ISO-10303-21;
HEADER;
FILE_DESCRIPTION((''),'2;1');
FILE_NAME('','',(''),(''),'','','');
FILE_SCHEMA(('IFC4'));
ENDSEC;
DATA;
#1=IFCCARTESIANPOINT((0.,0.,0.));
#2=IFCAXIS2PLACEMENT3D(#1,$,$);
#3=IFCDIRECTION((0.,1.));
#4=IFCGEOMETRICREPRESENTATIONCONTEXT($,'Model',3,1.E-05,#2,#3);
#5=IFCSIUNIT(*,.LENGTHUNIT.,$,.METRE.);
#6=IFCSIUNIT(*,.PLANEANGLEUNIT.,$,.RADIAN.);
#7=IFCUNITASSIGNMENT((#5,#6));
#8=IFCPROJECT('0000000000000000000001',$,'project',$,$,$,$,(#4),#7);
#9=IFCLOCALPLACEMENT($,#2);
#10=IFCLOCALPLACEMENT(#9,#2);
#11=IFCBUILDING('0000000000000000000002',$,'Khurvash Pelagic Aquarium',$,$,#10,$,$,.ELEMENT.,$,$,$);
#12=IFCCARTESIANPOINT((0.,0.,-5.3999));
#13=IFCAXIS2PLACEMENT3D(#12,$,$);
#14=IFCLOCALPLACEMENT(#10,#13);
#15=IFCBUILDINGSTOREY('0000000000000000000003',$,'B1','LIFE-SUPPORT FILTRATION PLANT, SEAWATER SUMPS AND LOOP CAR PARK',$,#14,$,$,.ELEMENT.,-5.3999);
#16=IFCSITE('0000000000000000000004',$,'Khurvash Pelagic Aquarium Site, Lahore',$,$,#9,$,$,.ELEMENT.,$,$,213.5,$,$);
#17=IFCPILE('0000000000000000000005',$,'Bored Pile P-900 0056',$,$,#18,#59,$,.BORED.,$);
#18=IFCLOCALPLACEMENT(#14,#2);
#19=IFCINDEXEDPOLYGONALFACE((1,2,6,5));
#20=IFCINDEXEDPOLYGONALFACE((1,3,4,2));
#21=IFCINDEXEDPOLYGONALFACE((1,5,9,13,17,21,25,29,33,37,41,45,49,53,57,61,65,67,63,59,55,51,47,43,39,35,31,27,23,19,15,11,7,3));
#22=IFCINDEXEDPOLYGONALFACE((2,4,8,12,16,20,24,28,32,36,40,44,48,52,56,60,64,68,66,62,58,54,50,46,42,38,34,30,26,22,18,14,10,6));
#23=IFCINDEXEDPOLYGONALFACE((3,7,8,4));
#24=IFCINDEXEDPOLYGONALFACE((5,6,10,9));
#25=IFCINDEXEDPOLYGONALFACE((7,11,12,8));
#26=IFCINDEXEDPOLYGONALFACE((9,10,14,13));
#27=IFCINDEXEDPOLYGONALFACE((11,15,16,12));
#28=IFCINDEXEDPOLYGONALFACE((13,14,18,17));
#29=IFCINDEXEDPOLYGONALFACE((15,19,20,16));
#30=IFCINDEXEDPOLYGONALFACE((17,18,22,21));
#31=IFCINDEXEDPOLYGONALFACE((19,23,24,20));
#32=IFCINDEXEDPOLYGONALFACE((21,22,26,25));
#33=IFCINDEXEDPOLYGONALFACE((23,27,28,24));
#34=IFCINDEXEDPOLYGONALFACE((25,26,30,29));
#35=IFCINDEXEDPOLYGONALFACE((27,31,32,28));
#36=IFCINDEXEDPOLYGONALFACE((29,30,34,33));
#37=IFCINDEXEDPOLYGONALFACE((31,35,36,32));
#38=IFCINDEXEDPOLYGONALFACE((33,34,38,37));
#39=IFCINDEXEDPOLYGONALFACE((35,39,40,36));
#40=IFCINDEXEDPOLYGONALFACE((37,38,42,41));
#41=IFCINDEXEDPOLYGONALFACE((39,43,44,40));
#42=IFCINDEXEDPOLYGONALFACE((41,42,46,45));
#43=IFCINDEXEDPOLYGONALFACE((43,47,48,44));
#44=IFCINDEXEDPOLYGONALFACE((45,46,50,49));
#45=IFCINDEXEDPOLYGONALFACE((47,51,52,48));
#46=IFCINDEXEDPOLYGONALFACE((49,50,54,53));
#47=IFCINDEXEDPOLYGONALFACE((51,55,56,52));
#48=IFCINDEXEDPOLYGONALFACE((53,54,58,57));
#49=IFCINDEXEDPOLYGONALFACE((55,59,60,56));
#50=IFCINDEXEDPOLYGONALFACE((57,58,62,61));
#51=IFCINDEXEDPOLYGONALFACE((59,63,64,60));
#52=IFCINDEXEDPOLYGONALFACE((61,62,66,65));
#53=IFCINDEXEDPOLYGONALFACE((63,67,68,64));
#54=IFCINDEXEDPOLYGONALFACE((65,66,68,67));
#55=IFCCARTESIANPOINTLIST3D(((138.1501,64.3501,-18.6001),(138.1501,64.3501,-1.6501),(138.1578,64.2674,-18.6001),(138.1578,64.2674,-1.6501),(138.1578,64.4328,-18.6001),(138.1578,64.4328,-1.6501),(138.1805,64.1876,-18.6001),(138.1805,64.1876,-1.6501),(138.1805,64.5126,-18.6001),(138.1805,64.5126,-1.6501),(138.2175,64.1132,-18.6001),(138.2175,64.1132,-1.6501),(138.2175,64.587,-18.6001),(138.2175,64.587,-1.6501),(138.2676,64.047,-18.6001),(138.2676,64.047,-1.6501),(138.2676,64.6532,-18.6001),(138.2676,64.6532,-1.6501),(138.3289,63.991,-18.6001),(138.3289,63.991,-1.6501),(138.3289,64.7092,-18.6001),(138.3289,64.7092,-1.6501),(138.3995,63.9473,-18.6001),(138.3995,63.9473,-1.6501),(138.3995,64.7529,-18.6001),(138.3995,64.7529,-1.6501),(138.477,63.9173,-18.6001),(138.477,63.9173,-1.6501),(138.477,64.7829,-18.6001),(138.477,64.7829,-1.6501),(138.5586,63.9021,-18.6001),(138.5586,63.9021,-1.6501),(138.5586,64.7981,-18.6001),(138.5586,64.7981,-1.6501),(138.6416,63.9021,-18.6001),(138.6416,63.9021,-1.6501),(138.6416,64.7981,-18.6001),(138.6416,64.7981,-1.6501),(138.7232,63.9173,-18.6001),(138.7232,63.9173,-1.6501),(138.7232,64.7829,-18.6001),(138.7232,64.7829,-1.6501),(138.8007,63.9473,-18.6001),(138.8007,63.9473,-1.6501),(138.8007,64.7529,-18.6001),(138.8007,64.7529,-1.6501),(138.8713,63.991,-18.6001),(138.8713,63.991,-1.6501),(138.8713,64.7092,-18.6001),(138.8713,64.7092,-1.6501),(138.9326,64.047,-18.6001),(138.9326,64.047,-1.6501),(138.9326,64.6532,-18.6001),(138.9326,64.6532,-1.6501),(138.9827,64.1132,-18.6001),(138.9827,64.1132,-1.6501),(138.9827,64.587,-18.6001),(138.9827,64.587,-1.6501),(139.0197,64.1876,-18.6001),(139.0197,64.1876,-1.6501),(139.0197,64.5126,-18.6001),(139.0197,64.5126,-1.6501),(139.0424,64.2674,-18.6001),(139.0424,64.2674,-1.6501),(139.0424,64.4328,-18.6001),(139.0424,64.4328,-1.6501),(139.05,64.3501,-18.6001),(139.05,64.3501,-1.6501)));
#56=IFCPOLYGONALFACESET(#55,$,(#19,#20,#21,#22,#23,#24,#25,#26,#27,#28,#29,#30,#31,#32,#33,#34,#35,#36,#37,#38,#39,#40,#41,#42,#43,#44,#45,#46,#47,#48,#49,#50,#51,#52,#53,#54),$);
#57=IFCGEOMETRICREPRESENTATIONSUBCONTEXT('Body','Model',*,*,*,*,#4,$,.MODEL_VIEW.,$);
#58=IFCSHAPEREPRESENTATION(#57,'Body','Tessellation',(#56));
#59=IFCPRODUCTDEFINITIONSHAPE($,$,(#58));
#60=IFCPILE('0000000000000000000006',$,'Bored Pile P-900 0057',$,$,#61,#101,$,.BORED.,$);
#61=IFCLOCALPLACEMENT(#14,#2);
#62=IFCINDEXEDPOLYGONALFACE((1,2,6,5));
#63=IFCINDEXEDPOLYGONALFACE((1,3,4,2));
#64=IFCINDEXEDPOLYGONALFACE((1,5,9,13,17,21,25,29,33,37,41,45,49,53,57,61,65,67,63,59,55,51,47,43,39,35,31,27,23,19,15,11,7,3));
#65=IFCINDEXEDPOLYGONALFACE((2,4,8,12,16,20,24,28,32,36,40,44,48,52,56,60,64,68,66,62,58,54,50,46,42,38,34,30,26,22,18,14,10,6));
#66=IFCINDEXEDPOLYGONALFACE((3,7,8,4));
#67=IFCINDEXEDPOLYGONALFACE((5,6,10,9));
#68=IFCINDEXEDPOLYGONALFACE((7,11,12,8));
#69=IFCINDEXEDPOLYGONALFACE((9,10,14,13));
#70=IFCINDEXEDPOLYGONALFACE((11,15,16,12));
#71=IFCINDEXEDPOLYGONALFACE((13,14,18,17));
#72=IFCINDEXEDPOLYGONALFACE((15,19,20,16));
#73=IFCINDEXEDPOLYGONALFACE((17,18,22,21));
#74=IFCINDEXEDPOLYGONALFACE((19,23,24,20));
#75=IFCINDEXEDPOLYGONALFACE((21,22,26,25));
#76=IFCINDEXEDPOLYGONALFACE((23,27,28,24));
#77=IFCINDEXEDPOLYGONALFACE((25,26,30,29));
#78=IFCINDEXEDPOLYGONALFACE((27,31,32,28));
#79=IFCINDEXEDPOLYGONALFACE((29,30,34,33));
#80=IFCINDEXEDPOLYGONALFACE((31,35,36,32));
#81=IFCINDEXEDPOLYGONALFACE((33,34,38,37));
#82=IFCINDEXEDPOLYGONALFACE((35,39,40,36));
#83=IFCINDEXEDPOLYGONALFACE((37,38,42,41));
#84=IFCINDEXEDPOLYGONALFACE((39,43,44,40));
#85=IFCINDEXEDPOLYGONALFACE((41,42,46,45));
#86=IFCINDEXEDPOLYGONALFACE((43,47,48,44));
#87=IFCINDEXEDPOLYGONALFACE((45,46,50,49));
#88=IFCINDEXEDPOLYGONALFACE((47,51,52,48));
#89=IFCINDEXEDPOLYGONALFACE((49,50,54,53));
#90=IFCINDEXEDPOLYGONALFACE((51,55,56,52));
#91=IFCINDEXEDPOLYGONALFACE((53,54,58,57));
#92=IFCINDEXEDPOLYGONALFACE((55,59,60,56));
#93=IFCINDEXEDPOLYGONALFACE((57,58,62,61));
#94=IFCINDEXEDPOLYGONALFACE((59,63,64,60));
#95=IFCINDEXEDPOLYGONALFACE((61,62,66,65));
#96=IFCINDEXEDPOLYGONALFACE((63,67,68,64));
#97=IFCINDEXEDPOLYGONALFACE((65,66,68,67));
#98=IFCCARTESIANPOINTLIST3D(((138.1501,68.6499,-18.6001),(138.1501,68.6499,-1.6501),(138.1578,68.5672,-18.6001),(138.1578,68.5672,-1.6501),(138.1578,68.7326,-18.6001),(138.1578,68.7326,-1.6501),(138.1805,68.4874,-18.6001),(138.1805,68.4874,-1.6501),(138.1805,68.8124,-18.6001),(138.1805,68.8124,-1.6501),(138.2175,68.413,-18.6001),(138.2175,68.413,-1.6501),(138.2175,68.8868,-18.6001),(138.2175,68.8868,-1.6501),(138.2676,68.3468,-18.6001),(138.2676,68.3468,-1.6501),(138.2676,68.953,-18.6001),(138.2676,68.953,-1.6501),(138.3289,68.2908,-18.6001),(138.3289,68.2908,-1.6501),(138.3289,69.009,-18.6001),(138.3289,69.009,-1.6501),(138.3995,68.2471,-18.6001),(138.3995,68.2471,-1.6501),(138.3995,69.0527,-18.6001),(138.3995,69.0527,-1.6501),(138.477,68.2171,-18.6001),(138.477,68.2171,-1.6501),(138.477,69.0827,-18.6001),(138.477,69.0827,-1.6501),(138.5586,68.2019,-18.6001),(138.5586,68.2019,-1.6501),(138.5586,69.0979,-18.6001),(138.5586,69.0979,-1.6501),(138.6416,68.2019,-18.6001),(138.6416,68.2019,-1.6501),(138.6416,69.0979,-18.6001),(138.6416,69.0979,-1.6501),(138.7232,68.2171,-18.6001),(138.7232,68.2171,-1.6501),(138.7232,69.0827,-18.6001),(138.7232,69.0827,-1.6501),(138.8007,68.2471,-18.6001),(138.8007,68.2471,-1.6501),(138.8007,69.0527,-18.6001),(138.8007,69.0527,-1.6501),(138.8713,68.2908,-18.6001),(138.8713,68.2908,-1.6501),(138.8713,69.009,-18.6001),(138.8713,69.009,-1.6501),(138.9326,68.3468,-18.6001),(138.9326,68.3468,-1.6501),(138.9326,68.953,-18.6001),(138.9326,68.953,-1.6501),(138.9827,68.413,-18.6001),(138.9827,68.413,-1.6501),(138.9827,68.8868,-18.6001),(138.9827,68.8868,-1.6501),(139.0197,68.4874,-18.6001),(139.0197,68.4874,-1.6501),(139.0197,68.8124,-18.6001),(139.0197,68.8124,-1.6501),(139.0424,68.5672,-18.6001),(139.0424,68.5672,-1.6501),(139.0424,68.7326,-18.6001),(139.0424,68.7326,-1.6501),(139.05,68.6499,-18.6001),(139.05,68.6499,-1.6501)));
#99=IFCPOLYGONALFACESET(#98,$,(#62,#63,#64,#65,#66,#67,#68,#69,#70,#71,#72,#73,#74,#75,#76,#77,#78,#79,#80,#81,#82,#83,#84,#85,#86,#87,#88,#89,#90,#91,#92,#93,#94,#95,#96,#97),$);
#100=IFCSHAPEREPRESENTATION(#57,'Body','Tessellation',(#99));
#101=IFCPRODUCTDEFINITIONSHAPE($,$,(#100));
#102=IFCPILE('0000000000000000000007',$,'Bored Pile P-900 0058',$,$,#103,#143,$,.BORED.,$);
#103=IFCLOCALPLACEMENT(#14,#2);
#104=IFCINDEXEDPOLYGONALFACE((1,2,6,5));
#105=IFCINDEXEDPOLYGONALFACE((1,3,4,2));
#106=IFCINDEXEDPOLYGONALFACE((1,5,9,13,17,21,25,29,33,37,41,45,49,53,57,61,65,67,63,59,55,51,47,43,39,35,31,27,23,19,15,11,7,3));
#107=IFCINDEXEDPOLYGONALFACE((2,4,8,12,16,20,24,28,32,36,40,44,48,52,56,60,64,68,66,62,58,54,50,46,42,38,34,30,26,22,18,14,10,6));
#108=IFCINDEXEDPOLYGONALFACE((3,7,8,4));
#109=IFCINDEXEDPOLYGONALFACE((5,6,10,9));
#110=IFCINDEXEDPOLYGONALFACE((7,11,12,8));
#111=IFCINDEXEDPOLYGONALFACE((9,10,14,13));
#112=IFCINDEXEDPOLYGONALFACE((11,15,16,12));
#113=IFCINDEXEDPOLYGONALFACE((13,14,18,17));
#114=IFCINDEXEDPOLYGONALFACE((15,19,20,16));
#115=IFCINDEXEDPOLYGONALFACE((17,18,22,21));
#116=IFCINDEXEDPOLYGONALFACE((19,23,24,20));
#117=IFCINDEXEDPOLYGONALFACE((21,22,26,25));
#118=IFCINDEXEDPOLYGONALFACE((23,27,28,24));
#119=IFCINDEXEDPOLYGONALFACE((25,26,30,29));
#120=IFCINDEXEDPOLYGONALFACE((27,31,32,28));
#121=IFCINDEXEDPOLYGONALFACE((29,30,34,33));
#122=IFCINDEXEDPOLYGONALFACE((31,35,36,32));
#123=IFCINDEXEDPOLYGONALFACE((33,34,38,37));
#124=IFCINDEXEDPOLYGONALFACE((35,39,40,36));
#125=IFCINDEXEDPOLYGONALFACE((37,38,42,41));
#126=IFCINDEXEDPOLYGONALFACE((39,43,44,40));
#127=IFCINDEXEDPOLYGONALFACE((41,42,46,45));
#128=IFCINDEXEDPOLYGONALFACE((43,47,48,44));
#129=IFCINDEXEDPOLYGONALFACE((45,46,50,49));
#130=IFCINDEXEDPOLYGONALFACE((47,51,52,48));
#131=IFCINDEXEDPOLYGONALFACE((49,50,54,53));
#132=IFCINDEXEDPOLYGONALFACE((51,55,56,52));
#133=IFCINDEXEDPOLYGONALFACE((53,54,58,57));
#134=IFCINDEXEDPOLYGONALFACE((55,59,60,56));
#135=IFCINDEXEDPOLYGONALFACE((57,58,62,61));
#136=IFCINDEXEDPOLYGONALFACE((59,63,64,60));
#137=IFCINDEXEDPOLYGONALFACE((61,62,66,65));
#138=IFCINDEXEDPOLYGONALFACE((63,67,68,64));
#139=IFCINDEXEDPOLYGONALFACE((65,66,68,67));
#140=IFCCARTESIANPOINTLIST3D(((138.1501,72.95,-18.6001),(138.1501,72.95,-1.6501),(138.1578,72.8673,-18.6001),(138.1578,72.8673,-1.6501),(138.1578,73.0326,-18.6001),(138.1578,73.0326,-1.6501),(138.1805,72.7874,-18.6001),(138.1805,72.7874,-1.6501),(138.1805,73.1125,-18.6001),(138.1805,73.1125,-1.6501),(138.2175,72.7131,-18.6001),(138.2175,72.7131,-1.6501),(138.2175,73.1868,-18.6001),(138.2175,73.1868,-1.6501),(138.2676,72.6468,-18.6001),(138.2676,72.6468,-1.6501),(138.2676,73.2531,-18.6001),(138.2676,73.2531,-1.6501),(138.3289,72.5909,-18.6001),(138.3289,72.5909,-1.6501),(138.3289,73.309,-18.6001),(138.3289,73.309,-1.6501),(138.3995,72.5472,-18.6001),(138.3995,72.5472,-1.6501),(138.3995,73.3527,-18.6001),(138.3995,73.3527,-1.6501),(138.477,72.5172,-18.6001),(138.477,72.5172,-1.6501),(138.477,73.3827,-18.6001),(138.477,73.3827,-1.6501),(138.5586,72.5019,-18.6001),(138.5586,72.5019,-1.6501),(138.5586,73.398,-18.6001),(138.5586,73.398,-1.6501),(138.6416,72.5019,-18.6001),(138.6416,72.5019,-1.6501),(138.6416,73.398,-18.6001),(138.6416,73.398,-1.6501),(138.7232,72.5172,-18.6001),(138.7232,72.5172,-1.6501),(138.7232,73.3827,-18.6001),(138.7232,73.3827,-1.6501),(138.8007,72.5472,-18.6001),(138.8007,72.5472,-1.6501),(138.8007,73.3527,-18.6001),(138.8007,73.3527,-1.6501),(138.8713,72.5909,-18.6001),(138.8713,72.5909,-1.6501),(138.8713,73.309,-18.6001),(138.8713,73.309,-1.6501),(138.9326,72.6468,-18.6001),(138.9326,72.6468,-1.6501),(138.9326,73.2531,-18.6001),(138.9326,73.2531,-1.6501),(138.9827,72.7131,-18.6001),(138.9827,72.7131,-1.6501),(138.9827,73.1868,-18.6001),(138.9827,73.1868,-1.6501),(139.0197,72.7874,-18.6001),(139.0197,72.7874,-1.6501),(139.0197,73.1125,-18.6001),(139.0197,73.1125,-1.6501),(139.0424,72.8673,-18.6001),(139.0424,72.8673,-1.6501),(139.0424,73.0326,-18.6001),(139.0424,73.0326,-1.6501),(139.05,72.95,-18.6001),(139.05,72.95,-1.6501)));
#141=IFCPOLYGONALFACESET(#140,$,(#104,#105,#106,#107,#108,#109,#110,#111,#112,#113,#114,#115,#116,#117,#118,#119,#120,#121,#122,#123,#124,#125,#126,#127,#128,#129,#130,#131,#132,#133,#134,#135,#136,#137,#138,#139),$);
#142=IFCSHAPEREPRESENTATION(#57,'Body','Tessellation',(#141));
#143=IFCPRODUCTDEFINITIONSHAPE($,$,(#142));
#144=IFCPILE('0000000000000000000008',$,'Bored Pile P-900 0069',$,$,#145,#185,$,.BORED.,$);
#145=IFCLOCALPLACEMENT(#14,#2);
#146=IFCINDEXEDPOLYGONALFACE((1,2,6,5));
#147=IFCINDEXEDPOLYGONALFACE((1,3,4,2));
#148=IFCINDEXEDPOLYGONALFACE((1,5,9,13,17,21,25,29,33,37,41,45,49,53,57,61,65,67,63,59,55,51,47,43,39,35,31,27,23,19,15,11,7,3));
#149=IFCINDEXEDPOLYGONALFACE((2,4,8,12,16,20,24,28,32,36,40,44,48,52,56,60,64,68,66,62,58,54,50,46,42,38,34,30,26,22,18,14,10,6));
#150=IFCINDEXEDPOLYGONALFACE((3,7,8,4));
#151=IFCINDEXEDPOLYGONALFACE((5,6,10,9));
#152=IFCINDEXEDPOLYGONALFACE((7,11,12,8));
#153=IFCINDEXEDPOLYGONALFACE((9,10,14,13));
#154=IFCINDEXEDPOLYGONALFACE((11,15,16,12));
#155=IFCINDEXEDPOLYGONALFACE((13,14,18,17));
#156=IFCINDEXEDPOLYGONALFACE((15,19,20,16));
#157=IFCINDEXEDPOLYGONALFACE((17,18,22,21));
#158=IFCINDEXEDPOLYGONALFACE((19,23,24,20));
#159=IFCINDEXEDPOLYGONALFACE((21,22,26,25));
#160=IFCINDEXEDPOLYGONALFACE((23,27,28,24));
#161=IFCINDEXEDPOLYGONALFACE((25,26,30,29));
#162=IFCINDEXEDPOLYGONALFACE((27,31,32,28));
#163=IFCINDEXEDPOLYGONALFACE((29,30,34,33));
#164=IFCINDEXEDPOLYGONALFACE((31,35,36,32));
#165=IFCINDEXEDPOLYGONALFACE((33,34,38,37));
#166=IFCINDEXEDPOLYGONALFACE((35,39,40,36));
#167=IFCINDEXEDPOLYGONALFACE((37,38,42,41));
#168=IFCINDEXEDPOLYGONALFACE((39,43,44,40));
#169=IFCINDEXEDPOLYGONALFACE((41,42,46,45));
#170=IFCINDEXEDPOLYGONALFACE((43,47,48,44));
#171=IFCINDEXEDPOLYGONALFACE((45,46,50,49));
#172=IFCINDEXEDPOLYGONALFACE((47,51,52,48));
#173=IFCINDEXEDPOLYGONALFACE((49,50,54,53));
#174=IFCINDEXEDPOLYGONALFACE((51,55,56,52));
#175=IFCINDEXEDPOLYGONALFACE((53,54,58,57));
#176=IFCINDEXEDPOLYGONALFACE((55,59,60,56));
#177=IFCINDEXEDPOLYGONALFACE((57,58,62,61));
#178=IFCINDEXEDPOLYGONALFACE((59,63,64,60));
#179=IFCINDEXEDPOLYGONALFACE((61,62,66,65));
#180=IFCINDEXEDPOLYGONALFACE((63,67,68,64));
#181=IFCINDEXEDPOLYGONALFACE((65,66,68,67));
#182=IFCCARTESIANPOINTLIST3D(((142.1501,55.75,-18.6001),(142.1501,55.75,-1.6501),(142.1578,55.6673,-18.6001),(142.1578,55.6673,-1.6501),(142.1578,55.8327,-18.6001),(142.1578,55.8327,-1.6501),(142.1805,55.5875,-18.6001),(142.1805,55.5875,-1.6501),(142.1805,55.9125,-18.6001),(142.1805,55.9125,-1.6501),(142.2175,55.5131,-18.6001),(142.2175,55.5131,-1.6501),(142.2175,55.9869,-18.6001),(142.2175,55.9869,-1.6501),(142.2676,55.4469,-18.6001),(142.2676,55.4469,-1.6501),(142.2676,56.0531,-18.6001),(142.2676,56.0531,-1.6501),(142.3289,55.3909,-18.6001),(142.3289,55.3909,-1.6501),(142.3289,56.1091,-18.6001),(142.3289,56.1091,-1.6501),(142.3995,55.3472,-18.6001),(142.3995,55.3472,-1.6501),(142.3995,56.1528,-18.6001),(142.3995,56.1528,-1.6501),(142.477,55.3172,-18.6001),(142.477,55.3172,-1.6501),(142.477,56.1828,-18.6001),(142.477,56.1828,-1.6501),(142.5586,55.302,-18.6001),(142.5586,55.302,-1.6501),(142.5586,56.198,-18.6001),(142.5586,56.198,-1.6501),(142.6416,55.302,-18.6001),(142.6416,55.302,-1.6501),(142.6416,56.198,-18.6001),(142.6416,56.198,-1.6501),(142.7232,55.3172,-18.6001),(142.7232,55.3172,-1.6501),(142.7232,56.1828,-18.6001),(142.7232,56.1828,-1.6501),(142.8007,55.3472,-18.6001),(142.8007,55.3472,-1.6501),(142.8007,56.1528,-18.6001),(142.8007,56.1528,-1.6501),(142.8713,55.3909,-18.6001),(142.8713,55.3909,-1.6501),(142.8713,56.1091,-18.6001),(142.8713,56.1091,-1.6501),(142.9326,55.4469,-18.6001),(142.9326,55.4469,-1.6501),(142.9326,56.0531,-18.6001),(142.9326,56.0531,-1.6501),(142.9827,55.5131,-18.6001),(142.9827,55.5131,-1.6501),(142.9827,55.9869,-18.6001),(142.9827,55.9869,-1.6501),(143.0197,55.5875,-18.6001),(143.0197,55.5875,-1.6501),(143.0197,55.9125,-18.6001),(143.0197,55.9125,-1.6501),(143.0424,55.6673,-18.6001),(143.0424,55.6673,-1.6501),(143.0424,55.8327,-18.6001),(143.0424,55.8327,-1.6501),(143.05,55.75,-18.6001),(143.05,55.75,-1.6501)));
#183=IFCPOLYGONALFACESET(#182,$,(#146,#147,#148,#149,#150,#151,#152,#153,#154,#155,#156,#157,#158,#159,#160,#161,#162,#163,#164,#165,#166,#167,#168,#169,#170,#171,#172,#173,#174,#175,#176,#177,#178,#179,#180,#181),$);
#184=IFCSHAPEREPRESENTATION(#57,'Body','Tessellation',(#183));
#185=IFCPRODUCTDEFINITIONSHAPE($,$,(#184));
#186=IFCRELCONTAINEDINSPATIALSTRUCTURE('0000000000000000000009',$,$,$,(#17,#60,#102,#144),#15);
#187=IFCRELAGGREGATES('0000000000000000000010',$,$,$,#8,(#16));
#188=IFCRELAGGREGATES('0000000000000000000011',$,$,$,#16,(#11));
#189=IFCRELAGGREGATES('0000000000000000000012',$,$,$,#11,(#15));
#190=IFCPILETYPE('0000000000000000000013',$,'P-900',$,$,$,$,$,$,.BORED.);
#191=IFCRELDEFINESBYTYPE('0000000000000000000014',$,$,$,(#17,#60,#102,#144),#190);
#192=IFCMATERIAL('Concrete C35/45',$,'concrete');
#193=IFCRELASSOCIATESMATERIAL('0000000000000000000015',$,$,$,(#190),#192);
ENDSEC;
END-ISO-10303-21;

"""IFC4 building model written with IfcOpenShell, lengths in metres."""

from ifc_helpers import new_model, si_unit, direction, frame, origin, origin_2d, place, context, subcontext, project, spatial, circle, extrude, material, material_profile, profile_set, type_object, element, save


model = new_model("IFC4")

# Units and contexts
model_context = context("Model", 3, precision=1e-05, world=origin(), true_north=direction((0.0, 1.0)))
body_context = subcontext(model_context, "Body", "Model", "MODEL_VIEW")
ifc_project = project(units=[si_unit("LENGTHUNIT", "METRE"), si_unit("PLANEANGLEUNIT", "RADIAN")], contexts=[model_context])

# Site, building, storey
site_placement = place(None, origin())
site = spatial("IfcSite", under=ifc_project, at=site_placement, Name="Khurvash Pelagic Aquarium Site, Lahore", CompositionType="ELEMENT", RefElevation=213.5)
building_placement = place(site_placement, origin())
building = spatial("IfcBuilding", under=site, at=building_placement, Name="Khurvash Pelagic Aquarium", CompositionType="ELEMENT")
storey_placement = place(building_placement, frame((0.0, 0.0, -5.3999)))
storey = spatial("IfcBuildingStorey", under=building, at=storey_placement, Name="B1", Description="LIFE-SUPPORT FILTRATION PLANT, SEAWATER SUMPS AND LOOP CAR PARK", CompositionType="ELEMENT", Elevation=-5.3999)

# Piles
ifc_material = material(Name="Concrete C35/45", Category="concrete")
ifc_material_profile = material_profile(ifc_material, circle(Radius=0.45, at=origin_2d()), Name="PILE900")
ifc_profile_set = profile_set([ifc_material_profile], Name="Concrete C35/45")
pile_type = type_object("IfcPileType", Name="P-900", PredefinedType="BORED", material=ifc_profile_set)
for number, where, z_axis, x_axis, name in (
    (1, (138.6001, 64.3501, -1.6501), (0.0, 0.0, -1.0), (1.0, 0.0, 0.0), "Bored Pile P-900 0056"),
    (2, (138.6001, 68.6499, -1.6501), (0.0, 0.0, -1.0), (1.0, 0.0, 0.0), "Bored Pile P-900 0057"),
    (3, (138.6001, 72.95, -1.6501), (0.0, 0.0, -1.0), (1.0, 0.0, 0.0), "Bored Pile P-900 0058"),
    (4, (142.6001, 55.75, -1.6501), (0.0, 0.0, -1.0), (1.0, 0.0, 0.0), "Bored Pile P-900 0069"),
):
    element("IfcPile", number, at=place(storey_placement, frame(where, z_axis=z_axis, x_axis=x_axis)), inside=storey, type_object=pile_type, Name=name, PredefinedType="BORED", context=body_context, shape_type="SweptSolid", body=[
        extrude(circle(Radius=0.45, at=origin_2d()), origin(), (0.0, 0.0, 1.0), 16.95),
    ])

save(model, "model.ifc")
